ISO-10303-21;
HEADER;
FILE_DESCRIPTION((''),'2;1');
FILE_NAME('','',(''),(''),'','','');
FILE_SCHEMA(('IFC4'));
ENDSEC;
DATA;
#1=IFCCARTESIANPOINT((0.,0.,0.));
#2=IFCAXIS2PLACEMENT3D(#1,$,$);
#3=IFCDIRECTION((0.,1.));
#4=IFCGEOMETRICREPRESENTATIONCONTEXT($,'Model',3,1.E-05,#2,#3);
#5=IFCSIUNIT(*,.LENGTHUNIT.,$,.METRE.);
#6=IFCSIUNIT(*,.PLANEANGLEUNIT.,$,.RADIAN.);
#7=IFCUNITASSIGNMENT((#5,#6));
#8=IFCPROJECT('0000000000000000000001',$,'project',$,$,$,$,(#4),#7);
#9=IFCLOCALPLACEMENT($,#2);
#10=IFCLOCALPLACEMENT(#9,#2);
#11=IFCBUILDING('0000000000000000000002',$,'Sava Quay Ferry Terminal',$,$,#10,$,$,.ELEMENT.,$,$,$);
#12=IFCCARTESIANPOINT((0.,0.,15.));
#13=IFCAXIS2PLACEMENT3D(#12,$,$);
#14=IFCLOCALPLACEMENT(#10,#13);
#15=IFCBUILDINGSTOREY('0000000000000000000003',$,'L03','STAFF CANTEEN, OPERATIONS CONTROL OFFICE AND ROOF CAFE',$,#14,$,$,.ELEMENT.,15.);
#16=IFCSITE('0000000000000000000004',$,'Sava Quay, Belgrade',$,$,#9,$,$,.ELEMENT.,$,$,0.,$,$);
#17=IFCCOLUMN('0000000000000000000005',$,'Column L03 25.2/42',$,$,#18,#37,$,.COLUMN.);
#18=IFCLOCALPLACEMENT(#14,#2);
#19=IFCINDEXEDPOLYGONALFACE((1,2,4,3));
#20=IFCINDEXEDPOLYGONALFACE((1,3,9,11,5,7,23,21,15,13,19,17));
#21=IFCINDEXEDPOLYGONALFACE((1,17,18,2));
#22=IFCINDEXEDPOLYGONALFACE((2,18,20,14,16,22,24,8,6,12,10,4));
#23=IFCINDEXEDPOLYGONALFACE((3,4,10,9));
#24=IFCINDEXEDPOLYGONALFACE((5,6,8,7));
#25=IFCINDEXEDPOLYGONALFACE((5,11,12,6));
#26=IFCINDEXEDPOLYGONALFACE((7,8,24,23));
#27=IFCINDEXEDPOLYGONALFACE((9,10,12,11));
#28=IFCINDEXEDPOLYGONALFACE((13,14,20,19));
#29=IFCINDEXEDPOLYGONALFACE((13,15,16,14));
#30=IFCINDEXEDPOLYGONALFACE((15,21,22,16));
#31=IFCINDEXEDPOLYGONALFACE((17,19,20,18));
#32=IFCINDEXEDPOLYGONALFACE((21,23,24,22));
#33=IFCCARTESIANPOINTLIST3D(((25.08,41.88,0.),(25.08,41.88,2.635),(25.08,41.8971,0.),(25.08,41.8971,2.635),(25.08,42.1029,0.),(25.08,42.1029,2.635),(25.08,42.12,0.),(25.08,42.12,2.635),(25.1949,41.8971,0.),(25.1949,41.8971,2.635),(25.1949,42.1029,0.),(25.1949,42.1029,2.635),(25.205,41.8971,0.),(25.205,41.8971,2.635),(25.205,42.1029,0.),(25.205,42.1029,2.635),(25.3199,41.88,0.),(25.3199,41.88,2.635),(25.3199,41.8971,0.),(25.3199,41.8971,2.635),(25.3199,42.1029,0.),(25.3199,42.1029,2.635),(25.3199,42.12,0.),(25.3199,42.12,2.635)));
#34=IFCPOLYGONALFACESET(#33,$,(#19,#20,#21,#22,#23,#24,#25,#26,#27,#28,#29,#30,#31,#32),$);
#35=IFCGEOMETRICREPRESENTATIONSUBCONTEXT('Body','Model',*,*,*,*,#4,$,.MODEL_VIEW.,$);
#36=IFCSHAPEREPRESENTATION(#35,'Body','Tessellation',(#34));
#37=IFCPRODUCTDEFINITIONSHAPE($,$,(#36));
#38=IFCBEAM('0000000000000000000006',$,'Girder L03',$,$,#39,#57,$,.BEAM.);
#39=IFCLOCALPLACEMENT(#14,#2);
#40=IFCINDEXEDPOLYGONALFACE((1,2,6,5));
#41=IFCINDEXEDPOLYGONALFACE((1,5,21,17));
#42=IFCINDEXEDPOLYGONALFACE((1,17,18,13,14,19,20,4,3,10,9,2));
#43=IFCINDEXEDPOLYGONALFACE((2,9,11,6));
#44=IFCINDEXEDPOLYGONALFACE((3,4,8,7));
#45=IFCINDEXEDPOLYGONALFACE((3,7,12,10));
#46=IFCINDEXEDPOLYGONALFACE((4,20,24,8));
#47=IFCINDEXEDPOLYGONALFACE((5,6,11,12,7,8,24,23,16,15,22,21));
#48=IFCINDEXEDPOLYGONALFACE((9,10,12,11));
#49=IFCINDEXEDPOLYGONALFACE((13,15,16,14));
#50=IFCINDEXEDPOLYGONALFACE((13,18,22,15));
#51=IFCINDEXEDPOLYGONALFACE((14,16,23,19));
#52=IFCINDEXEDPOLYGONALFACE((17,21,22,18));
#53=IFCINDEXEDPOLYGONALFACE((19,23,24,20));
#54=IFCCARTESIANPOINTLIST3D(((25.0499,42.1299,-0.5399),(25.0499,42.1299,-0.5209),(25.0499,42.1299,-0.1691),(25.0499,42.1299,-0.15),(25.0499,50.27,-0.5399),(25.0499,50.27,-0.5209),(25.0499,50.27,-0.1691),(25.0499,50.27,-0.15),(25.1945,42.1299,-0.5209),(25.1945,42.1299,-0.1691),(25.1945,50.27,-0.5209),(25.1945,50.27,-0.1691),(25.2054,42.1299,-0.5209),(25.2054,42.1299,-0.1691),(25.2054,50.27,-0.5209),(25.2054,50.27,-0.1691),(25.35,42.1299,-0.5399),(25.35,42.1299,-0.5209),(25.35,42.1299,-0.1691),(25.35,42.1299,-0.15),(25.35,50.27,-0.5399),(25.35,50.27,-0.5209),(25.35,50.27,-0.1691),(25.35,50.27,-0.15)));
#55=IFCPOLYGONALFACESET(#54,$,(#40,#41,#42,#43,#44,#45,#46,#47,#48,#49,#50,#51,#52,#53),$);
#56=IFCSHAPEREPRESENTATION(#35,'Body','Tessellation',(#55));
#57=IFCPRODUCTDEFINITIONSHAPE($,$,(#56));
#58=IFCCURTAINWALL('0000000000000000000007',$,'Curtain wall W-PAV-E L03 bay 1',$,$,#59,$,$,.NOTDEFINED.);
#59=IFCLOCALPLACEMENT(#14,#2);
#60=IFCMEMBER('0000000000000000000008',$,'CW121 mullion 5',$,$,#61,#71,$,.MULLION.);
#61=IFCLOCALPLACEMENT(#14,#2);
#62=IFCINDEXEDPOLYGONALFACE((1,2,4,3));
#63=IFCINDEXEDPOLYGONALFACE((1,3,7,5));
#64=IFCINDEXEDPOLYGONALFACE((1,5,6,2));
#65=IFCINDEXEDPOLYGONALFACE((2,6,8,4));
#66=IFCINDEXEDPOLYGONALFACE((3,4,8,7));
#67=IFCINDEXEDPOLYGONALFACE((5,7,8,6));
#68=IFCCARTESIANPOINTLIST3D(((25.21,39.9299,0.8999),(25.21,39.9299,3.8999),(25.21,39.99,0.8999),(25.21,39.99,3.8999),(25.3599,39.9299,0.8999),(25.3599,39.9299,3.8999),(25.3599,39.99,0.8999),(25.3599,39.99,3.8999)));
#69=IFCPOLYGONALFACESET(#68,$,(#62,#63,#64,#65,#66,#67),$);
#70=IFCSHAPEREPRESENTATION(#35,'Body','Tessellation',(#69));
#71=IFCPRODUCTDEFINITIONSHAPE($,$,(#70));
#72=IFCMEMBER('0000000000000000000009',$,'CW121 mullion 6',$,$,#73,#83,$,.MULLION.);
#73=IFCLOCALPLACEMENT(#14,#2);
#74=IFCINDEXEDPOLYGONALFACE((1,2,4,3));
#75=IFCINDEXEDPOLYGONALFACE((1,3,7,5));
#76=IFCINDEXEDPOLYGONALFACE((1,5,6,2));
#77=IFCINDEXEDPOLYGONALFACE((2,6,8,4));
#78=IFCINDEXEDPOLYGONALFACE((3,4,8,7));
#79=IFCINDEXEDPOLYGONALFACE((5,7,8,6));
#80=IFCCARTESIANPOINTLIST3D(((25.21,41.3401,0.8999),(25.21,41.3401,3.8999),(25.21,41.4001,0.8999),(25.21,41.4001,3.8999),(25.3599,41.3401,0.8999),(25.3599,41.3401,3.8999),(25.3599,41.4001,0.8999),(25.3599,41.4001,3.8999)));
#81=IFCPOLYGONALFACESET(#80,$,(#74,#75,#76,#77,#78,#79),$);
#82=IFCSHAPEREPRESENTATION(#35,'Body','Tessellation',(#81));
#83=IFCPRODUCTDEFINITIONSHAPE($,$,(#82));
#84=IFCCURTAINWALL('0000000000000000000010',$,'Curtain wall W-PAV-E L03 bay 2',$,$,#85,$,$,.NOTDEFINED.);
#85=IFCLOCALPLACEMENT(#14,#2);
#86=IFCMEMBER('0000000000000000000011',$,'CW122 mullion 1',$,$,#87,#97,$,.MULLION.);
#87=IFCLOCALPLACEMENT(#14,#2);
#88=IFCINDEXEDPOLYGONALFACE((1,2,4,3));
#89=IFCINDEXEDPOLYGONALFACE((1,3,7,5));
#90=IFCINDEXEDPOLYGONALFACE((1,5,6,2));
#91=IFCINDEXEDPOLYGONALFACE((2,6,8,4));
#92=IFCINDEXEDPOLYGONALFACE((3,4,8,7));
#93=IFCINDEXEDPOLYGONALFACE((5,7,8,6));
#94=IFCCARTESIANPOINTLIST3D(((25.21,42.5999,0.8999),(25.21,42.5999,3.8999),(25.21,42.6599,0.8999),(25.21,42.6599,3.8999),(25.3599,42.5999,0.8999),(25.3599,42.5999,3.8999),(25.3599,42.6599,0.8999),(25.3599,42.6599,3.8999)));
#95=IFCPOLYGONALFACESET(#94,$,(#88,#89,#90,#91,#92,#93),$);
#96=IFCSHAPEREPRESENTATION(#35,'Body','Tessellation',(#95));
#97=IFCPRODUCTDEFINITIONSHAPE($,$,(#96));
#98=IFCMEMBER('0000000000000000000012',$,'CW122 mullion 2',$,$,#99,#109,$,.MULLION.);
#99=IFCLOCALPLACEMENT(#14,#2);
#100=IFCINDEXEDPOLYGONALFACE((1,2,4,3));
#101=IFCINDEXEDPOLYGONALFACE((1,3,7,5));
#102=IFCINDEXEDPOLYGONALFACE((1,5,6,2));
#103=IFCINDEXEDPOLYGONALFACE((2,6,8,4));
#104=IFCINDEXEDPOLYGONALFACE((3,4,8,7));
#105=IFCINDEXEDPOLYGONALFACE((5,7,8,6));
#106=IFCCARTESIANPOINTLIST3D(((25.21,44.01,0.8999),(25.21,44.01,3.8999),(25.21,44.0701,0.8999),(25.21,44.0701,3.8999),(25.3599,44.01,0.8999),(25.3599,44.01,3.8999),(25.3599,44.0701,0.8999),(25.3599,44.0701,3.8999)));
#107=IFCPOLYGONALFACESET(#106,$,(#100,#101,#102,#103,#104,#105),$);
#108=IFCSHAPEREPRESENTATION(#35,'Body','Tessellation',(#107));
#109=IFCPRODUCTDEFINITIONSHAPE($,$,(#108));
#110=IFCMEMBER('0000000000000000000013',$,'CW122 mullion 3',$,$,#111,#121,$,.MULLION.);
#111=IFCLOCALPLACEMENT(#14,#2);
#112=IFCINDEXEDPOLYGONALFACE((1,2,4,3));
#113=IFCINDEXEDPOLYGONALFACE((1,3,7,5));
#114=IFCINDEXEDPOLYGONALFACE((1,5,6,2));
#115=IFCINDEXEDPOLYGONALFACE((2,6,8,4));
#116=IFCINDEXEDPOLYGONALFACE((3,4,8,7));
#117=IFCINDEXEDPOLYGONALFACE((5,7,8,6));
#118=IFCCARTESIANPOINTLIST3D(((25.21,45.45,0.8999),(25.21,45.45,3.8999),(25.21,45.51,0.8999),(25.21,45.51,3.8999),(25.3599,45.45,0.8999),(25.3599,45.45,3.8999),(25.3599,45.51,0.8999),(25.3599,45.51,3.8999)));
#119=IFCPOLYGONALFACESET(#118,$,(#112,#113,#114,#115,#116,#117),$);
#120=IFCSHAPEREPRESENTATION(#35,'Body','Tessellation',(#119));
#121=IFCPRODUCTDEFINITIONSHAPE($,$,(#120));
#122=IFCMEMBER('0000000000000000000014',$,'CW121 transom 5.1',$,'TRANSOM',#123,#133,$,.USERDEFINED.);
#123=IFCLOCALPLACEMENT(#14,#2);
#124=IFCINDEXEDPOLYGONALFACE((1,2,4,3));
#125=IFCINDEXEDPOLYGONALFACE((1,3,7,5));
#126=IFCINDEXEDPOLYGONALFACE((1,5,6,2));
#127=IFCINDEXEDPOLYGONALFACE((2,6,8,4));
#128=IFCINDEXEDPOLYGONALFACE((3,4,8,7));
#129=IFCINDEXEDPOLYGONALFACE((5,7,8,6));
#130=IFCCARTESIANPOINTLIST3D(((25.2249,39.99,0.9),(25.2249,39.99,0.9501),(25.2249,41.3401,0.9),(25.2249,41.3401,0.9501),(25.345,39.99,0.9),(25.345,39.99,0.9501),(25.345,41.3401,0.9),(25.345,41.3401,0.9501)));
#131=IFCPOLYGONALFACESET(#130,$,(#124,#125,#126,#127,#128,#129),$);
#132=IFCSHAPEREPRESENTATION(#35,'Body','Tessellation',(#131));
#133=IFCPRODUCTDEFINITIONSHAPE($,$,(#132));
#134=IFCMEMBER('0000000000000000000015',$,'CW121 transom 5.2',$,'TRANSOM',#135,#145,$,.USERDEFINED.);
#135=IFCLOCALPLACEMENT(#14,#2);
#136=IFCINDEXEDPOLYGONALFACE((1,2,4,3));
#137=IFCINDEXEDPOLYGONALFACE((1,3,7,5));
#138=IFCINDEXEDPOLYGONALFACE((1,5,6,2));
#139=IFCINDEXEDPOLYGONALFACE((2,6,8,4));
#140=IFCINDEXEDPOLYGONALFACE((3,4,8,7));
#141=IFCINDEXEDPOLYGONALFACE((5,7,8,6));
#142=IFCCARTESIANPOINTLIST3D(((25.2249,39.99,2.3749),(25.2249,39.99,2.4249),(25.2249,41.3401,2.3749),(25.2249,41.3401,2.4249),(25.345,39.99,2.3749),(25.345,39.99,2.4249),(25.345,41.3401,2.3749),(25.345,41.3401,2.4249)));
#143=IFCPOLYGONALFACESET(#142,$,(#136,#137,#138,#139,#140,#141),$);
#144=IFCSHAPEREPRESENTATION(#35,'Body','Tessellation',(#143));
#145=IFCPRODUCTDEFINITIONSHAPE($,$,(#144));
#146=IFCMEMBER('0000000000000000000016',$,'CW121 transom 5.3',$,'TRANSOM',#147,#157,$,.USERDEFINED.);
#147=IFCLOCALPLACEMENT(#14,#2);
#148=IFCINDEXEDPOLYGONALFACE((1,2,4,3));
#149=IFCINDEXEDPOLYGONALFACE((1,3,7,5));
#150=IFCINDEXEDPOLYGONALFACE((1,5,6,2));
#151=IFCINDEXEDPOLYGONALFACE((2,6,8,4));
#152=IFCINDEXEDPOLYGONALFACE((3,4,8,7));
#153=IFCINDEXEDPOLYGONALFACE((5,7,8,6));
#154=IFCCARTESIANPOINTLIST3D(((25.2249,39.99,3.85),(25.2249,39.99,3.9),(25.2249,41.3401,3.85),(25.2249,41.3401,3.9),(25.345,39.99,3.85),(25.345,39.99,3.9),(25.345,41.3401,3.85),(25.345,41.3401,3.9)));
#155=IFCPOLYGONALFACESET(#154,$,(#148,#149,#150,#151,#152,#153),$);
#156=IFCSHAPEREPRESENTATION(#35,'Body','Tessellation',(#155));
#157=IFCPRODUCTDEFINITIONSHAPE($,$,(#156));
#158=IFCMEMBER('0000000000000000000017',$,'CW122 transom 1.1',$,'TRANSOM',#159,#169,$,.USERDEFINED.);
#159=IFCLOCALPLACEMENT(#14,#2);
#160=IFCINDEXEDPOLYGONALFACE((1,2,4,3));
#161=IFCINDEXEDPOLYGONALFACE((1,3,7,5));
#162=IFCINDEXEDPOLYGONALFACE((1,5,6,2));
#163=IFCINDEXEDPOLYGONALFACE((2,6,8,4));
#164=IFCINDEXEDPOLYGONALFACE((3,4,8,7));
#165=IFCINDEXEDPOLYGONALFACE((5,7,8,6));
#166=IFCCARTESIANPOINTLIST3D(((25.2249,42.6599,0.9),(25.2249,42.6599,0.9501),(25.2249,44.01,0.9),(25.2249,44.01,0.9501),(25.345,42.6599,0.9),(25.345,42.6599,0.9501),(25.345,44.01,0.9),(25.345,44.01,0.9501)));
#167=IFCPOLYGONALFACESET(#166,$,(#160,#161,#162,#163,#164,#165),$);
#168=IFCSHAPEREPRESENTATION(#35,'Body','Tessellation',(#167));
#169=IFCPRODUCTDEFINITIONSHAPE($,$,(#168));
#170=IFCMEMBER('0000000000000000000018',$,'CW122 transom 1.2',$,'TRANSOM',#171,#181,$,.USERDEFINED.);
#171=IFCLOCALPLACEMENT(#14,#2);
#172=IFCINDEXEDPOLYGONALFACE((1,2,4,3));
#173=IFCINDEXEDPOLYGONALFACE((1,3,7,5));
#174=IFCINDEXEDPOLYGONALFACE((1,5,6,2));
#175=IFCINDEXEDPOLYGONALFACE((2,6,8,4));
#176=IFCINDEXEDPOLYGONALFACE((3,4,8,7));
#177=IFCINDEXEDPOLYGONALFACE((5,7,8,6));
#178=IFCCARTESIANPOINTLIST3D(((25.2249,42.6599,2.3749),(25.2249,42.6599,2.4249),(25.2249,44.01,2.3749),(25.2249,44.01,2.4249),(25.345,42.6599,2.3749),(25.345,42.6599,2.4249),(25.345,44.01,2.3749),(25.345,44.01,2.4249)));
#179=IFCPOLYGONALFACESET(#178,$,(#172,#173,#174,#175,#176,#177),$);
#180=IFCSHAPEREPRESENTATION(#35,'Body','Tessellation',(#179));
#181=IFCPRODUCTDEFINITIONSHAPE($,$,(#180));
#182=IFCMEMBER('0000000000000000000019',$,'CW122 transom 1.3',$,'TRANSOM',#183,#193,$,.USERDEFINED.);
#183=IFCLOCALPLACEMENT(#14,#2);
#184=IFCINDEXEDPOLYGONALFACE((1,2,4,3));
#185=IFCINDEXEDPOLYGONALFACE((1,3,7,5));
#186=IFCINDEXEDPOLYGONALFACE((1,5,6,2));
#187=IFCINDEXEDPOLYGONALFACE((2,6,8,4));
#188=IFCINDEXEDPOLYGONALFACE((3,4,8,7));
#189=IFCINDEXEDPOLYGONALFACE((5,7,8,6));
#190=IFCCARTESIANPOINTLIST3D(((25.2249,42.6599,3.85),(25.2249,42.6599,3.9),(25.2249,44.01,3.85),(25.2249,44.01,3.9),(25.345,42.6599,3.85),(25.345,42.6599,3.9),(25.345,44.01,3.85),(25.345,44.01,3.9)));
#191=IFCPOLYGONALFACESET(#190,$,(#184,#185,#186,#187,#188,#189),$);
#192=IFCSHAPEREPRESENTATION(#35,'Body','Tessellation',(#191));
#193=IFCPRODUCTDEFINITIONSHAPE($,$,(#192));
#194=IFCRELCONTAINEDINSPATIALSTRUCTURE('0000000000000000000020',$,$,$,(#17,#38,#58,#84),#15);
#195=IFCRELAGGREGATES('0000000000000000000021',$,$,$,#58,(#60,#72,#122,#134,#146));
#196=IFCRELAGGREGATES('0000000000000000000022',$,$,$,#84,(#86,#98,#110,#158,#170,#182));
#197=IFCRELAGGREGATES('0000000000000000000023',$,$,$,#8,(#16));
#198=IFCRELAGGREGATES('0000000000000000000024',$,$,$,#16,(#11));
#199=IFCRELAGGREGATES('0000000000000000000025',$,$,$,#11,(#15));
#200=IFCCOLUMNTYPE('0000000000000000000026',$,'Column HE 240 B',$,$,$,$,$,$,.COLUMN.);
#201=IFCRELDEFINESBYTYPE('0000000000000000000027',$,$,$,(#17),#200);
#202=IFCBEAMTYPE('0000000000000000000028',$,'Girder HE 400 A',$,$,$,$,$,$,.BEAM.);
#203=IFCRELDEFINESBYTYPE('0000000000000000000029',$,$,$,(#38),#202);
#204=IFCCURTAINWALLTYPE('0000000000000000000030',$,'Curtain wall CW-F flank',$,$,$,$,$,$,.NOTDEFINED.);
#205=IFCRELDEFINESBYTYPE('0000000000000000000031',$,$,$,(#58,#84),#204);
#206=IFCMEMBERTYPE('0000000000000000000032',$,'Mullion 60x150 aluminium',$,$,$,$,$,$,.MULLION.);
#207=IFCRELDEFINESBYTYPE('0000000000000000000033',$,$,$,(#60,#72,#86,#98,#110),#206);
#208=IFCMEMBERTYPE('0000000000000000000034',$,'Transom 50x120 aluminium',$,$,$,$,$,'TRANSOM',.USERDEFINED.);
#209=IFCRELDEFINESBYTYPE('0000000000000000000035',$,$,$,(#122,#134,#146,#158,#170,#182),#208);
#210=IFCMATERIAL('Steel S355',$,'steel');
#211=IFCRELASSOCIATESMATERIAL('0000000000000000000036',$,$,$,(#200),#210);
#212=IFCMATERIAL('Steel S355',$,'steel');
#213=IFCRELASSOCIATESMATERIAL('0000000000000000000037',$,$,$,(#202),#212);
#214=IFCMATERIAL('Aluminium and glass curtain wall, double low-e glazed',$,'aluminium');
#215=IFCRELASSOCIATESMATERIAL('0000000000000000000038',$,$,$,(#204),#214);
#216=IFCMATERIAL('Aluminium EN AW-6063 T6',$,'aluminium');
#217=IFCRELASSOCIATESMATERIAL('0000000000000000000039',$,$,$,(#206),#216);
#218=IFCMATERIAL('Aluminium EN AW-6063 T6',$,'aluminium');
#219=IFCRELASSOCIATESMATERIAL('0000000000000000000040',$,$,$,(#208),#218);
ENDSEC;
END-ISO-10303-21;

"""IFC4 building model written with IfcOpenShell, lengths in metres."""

from ifc_helpers import new_model, si_unit, direction, frame, origin, origin_2d, place, context, subcontext, project, spatial, rectangle, i_section, extrude, material, material_profile, profile_set, type_object, element, aggregate, save


model = new_model("IFC4")

# Units and contexts
model_context = context("Model", 3, precision=1e-05, world=origin(), true_north=direction((0.0, 1.0)))
body_context = subcontext(model_context, "Body", "Model", "MODEL_VIEW")
ifc_project = project(units=[si_unit("LENGTHUNIT", "METRE"), si_unit("PLANEANGLEUNIT", "RADIAN")], contexts=[model_context])

# Site, building, storey
site_placement = place(None, origin())
site = spatial("IfcSite", under=ifc_project, at=site_placement, Name="Sava Quay, Belgrade", CompositionType="ELEMENT", RefElevation=0.0)
building_placement = place(site_placement, origin())
building = spatial("IfcBuilding", under=site, at=building_placement, Name="Sava Quay Ferry Terminal", CompositionType="ELEMENT")
storey_placement = place(building_placement, frame((0.0, 0.0, 15.0)))
storey = spatial("IfcBuildingStorey", under=building, at=storey_placement, Name="L03", Description="STAFF CANTEEN, OPERATIONS CONTROL OFFICE AND ROOF CAFE", CompositionType="ELEMENT", Elevation=15.0)

# Column
ifc_material_1 = material(Name="Steel S355", Category="steel")
ifc_material_profile_1 = material_profile(ifc_material_1, i_section(OverallWidth=0.24, OverallDepth=0.24, WebThickness=0.01, FlangeThickness=0.0171, at=origin_2d()), Name="HE 240 B")
ifc_profile_set_1 = profile_set([ifc_material_profile_1], Name="Steel S355")
column_type = type_object("IfcColumnType", Name="Column HE 240 B", PredefinedType="COLUMN", material=ifc_profile_set_1)
column_placement = place(storey_placement, frame((25.2, 42.0, 0.0), z_axis=(0.0, 0.0, 1.0), x_axis=(1.0, 0.0, 0.0)))
element("IfcColumn", 1, at=column_placement, inside=storey, type_object=column_type, Name="Column L03 25.2/42", PredefinedType="COLUMN", context=body_context, shape_type="SweptSolid", body=[
    extrude(i_section(OverallWidth=0.24, OverallDepth=0.24, WebThickness=0.01, FlangeThickness=0.0171, at=origin_2d()), origin(), (0.0, 0.0, 1.0), 2.635),
])

# Beam
ifc_material_2 = material(Name="Steel S355", Category="steel")
ifc_material_profile_2 = material_profile(ifc_material_2, i_section(OverallWidth=0.3, OverallDepth=0.3899, WebThickness=0.011, FlangeThickness=0.019, at=origin_2d()), Name="HE 400 A")
ifc_profile_set_2 = profile_set([ifc_material_profile_2], Name="Steel S355")
beam_type = type_object("IfcBeamType", Name="Girder HE 400 A", PredefinedType="BEAM", material=ifc_profile_set_2)
beam_placement = place(storey_placement, frame((25.2, 42.1299, -0.345), z_axis=(0.0, 1.0, 0.0), x_axis=(-1.0, 0.0, 0.0)))
element("IfcBeam", 2, at=beam_placement, inside=storey, type_object=beam_type, Name="Girder L03", PredefinedType="BEAM", context=body_context, shape_type="SweptSolid", body=[
    extrude(i_section(OverallWidth=0.3, OverallDepth=0.3899, WebThickness=0.011, FlangeThickness=0.019, at=origin_2d()), origin(), (0.0, 0.0, 1.0), 8.1401),
])

# Curtain walls, members
ifc_material_3 = material(Name="Aluminium and glass curtain wall, double low-e glazed", Category="aluminium")
curtain_wall_type = type_object("IfcCurtainWallType", Name="Curtain wall CW-F flank", PredefinedType="NOTDEFINED", material=ifc_material_3)
curtain_wall_1_placement = place(storey_placement, origin())
curtain_wall_1 = element("IfcCurtainWall", 3, at=curtain_wall_1_placement, inside=storey, type_object=curtain_wall_type, Name="Curtain wall W-PAV-E L03 bay 1", PredefinedType="NOTDEFINED")
ifc_material_4 = material(Name="Aluminium EN AW-6063 T6", Category="aluminium")
ifc_material_profile_3 = material_profile(ifc_material_4, rectangle(XDim=0.1499, YDim=0.0601, at=origin_2d()), Name="Mullion 60x150 aluminium")
ifc_profile_set_3 = profile_set([ifc_material_profile_3], Name="Aluminium EN AW-6063 T6")
member_type_1 = type_object("IfcMemberType", Name="Mullion 60x150 aluminium", PredefinedType="MULLION", material=ifc_profile_set_3)
member_1_placement = place(storey_placement, frame((25.2849, 39.96, 0.8999), z_axis=(0.0, 0.0, 1.0), x_axis=(-1.0, 0.0, 0.0)))
member_1 = element("IfcMember", 4, at=member_1_placement, type_object=member_type_1, Name="CW121 mullion 5", PredefinedType="MULLION", context=body_context, shape_type="SweptSolid", body=[
    extrude(rectangle(XDim=0.1499, YDim=0.0601, at=origin_2d()), origin(), (0.0, 0.0, 1.0), 3.0),
])
member_2_placement = place(storey_placement, frame((25.2849, 41.3701, 0.8999), z_axis=(0.0, 0.0, 1.0), x_axis=(-1.0, 0.0, 0.0)))
member_2 = element("IfcMember", 5, at=member_2_placement, type_object=member_type_1, Name="CW121 mullion 6", PredefinedType="MULLION", context=body_context, shape_type="SweptSolid", body=[
    extrude(rectangle(XDim=0.1499, YDim=0.0601, at=origin_2d()), origin(), (0.0, 0.0, 1.0), 3.0),
])
curtain_wall_2_placement = place(storey_placement, origin())
curtain_wall_2 = element("IfcCurtainWall", 6, at=curtain_wall_2_placement, inside=storey, type_object=curtain_wall_type, Name="Curtain wall W-PAV-E L03 bay 2", PredefinedType="NOTDEFINED")
member_3_placement = place(storey_placement, frame((25.2849, 42.6299, 0.8999), z_axis=(0.0, 0.0, 1.0), x_axis=(-1.0, 0.0, 0.0)))
member_3 = element("IfcMember", 7, at=member_3_placement, type_object=member_type_1, Name="CW122 mullion 1", PredefinedType="MULLION", context=body_context, shape_type="SweptSolid", body=[
    extrude(rectangle(XDim=0.1499, YDim=0.0601, at=origin_2d()), origin(), (0.0, 0.0, 1.0), 3.0),
])
member_4_placement = place(storey_placement, frame((25.2849, 44.04, 0.8999), z_axis=(0.0, 0.0, 1.0), x_axis=(-1.0, 0.0, 0.0)))
member_4 = element("IfcMember", 8, at=member_4_placement, type_object=member_type_1, Name="CW122 mullion 2", PredefinedType="MULLION", context=body_context, shape_type="SweptSolid", body=[
    extrude(rectangle(XDim=0.1499, YDim=0.0601, at=origin_2d()), origin(), (0.0, 0.0, 1.0), 3.0),
])
member_5_placement = place(storey_placement, frame((25.2849, 45.48, 0.8999), z_axis=(0.0, 0.0, 1.0), x_axis=(-1.0, 0.0, 0.0)))
member_5 = element("IfcMember", 9, at=member_5_placement, type_object=member_type_1, Name="CW122 mullion 3", PredefinedType="MULLION", context=body_context, shape_type="SweptSolid", body=[
    extrude(rectangle(XDim=0.1499, YDim=0.0601, at=origin_2d()), origin(), (0.0, 0.0, 1.0), 3.0),
])

# Members
ifc_material_5 = material(Name="Aluminium EN AW-6063 T6", Category="aluminium")
ifc_material_profile_4 = material_profile(ifc_material_5, rectangle(XDim=0.1201, YDim=0.05, at=origin_2d()), Name="Transom 50x120 aluminium")
ifc_profile_set_4 = profile_set([ifc_material_profile_4], Name="Aluminium EN AW-6063 T6")
member_type_2 = type_object("IfcMemberType", Name="Transom 50x120 aluminium", ElementType="TRANSOM", PredefinedType="USERDEFINED", material=ifc_profile_set_4)
member_6_placement = place(storey_placement, frame((25.2849, 39.99, 0.925), z_axis=(0.0, 1.0, 0.0), x_axis=(-1.0, 0.0, 0.0)))
member_6 = element("IfcMember", 10, at=member_6_placement, type_object=member_type_2, Name="CW121 transom 5.1", ObjectType="TRANSOM", PredefinedType="USERDEFINED", context=body_context, shape_type="SweptSolid", body=[
    extrude(rectangle(XDim=0.1201, YDim=0.05, at=origin_2d()), origin(), (0.0, 0.0, 1.0), 1.3501),
])
member_7_placement = place(storey_placement, frame((25.2849, 39.99, 2.3999), z_axis=(0.0, 1.0, 0.0), x_axis=(-1.0, 0.0, 0.0)))
member_7 = element("IfcMember", 11, at=member_7_placement, type_object=member_type_2, Name="CW121 transom 5.2", ObjectType="TRANSOM", PredefinedType="USERDEFINED", context=body_context, shape_type="SweptSolid", body=[
    extrude(rectangle(XDim=0.1201, YDim=0.05, at=origin_2d()), origin(), (0.0, 0.0, 1.0), 1.3501),
])
member_8_placement = place(storey_placement, frame((25.2849, 39.99, 3.875), z_axis=(0.0, 1.0, 0.0), x_axis=(-1.0, 0.0, 0.0)))
member_8 = element("IfcMember", 12, at=member_8_placement, type_object=member_type_2, Name="CW121 transom 5.3", ObjectType="TRANSOM", PredefinedType="USERDEFINED", context=body_context, shape_type="SweptSolid", body=[
    extrude(rectangle(XDim=0.1201, YDim=0.05, at=origin_2d()), origin(), (0.0, 0.0, 1.0), 1.3501),
])
member_9_placement = place(storey_placement, frame((25.2849, 42.6599, 0.925), z_axis=(0.0, 1.0, 0.0), x_axis=(-1.0, 0.0, 0.0)))
member_9 = element("IfcMember", 13, at=member_9_placement, type_object=member_type_2, Name="CW122 transom 1.1", ObjectType="TRANSOM", PredefinedType="USERDEFINED", context=body_context, shape_type="SweptSolid", body=[
    extrude(rectangle(XDim=0.1201, YDim=0.05, at=origin_2d()), origin(), (0.0, 0.0, 1.0), 1.3501),
])
member_10_placement = place(storey_placement, frame((25.2849, 42.6599, 2.3999), z_axis=(0.0, 1.0, 0.0), x_axis=(-1.0, 0.0, 0.0)))
member_10 = element("IfcMember", 14, at=member_10_placement, type_object=member_type_2, Name="CW122 transom 1.2", ObjectType="TRANSOM", PredefinedType="USERDEFINED", context=body_context, shape_type="SweptSolid", body=[
    extrude(rectangle(XDim=0.1201, YDim=0.05, at=origin_2d()), origin(), (0.0, 0.0, 1.0), 1.3501),
])
member_11_placement = place(storey_placement, frame((25.2849, 42.6599, 3.875), z_axis=(0.0, 1.0, 0.0), x_axis=(-1.0, 0.0, 0.0)))
member_11 = element("IfcMember", 15, at=member_11_placement, type_object=member_type_2, Name="CW122 transom 1.3", ObjectType="TRANSOM", PredefinedType="USERDEFINED", context=body_context, shape_type="SweptSolid", body=[
    extrude(rectangle(XDim=0.1201, YDim=0.05, at=origin_2d()), origin(), (0.0, 0.0, 1.0), 1.3501),
])

aggregate(curtain_wall_1, [member_1, member_2, member_6, member_7, member_8])
aggregate(curtain_wall_2, [member_3, member_4, member_5, member_9, member_10, member_11])

save(model, "model.ifc")
